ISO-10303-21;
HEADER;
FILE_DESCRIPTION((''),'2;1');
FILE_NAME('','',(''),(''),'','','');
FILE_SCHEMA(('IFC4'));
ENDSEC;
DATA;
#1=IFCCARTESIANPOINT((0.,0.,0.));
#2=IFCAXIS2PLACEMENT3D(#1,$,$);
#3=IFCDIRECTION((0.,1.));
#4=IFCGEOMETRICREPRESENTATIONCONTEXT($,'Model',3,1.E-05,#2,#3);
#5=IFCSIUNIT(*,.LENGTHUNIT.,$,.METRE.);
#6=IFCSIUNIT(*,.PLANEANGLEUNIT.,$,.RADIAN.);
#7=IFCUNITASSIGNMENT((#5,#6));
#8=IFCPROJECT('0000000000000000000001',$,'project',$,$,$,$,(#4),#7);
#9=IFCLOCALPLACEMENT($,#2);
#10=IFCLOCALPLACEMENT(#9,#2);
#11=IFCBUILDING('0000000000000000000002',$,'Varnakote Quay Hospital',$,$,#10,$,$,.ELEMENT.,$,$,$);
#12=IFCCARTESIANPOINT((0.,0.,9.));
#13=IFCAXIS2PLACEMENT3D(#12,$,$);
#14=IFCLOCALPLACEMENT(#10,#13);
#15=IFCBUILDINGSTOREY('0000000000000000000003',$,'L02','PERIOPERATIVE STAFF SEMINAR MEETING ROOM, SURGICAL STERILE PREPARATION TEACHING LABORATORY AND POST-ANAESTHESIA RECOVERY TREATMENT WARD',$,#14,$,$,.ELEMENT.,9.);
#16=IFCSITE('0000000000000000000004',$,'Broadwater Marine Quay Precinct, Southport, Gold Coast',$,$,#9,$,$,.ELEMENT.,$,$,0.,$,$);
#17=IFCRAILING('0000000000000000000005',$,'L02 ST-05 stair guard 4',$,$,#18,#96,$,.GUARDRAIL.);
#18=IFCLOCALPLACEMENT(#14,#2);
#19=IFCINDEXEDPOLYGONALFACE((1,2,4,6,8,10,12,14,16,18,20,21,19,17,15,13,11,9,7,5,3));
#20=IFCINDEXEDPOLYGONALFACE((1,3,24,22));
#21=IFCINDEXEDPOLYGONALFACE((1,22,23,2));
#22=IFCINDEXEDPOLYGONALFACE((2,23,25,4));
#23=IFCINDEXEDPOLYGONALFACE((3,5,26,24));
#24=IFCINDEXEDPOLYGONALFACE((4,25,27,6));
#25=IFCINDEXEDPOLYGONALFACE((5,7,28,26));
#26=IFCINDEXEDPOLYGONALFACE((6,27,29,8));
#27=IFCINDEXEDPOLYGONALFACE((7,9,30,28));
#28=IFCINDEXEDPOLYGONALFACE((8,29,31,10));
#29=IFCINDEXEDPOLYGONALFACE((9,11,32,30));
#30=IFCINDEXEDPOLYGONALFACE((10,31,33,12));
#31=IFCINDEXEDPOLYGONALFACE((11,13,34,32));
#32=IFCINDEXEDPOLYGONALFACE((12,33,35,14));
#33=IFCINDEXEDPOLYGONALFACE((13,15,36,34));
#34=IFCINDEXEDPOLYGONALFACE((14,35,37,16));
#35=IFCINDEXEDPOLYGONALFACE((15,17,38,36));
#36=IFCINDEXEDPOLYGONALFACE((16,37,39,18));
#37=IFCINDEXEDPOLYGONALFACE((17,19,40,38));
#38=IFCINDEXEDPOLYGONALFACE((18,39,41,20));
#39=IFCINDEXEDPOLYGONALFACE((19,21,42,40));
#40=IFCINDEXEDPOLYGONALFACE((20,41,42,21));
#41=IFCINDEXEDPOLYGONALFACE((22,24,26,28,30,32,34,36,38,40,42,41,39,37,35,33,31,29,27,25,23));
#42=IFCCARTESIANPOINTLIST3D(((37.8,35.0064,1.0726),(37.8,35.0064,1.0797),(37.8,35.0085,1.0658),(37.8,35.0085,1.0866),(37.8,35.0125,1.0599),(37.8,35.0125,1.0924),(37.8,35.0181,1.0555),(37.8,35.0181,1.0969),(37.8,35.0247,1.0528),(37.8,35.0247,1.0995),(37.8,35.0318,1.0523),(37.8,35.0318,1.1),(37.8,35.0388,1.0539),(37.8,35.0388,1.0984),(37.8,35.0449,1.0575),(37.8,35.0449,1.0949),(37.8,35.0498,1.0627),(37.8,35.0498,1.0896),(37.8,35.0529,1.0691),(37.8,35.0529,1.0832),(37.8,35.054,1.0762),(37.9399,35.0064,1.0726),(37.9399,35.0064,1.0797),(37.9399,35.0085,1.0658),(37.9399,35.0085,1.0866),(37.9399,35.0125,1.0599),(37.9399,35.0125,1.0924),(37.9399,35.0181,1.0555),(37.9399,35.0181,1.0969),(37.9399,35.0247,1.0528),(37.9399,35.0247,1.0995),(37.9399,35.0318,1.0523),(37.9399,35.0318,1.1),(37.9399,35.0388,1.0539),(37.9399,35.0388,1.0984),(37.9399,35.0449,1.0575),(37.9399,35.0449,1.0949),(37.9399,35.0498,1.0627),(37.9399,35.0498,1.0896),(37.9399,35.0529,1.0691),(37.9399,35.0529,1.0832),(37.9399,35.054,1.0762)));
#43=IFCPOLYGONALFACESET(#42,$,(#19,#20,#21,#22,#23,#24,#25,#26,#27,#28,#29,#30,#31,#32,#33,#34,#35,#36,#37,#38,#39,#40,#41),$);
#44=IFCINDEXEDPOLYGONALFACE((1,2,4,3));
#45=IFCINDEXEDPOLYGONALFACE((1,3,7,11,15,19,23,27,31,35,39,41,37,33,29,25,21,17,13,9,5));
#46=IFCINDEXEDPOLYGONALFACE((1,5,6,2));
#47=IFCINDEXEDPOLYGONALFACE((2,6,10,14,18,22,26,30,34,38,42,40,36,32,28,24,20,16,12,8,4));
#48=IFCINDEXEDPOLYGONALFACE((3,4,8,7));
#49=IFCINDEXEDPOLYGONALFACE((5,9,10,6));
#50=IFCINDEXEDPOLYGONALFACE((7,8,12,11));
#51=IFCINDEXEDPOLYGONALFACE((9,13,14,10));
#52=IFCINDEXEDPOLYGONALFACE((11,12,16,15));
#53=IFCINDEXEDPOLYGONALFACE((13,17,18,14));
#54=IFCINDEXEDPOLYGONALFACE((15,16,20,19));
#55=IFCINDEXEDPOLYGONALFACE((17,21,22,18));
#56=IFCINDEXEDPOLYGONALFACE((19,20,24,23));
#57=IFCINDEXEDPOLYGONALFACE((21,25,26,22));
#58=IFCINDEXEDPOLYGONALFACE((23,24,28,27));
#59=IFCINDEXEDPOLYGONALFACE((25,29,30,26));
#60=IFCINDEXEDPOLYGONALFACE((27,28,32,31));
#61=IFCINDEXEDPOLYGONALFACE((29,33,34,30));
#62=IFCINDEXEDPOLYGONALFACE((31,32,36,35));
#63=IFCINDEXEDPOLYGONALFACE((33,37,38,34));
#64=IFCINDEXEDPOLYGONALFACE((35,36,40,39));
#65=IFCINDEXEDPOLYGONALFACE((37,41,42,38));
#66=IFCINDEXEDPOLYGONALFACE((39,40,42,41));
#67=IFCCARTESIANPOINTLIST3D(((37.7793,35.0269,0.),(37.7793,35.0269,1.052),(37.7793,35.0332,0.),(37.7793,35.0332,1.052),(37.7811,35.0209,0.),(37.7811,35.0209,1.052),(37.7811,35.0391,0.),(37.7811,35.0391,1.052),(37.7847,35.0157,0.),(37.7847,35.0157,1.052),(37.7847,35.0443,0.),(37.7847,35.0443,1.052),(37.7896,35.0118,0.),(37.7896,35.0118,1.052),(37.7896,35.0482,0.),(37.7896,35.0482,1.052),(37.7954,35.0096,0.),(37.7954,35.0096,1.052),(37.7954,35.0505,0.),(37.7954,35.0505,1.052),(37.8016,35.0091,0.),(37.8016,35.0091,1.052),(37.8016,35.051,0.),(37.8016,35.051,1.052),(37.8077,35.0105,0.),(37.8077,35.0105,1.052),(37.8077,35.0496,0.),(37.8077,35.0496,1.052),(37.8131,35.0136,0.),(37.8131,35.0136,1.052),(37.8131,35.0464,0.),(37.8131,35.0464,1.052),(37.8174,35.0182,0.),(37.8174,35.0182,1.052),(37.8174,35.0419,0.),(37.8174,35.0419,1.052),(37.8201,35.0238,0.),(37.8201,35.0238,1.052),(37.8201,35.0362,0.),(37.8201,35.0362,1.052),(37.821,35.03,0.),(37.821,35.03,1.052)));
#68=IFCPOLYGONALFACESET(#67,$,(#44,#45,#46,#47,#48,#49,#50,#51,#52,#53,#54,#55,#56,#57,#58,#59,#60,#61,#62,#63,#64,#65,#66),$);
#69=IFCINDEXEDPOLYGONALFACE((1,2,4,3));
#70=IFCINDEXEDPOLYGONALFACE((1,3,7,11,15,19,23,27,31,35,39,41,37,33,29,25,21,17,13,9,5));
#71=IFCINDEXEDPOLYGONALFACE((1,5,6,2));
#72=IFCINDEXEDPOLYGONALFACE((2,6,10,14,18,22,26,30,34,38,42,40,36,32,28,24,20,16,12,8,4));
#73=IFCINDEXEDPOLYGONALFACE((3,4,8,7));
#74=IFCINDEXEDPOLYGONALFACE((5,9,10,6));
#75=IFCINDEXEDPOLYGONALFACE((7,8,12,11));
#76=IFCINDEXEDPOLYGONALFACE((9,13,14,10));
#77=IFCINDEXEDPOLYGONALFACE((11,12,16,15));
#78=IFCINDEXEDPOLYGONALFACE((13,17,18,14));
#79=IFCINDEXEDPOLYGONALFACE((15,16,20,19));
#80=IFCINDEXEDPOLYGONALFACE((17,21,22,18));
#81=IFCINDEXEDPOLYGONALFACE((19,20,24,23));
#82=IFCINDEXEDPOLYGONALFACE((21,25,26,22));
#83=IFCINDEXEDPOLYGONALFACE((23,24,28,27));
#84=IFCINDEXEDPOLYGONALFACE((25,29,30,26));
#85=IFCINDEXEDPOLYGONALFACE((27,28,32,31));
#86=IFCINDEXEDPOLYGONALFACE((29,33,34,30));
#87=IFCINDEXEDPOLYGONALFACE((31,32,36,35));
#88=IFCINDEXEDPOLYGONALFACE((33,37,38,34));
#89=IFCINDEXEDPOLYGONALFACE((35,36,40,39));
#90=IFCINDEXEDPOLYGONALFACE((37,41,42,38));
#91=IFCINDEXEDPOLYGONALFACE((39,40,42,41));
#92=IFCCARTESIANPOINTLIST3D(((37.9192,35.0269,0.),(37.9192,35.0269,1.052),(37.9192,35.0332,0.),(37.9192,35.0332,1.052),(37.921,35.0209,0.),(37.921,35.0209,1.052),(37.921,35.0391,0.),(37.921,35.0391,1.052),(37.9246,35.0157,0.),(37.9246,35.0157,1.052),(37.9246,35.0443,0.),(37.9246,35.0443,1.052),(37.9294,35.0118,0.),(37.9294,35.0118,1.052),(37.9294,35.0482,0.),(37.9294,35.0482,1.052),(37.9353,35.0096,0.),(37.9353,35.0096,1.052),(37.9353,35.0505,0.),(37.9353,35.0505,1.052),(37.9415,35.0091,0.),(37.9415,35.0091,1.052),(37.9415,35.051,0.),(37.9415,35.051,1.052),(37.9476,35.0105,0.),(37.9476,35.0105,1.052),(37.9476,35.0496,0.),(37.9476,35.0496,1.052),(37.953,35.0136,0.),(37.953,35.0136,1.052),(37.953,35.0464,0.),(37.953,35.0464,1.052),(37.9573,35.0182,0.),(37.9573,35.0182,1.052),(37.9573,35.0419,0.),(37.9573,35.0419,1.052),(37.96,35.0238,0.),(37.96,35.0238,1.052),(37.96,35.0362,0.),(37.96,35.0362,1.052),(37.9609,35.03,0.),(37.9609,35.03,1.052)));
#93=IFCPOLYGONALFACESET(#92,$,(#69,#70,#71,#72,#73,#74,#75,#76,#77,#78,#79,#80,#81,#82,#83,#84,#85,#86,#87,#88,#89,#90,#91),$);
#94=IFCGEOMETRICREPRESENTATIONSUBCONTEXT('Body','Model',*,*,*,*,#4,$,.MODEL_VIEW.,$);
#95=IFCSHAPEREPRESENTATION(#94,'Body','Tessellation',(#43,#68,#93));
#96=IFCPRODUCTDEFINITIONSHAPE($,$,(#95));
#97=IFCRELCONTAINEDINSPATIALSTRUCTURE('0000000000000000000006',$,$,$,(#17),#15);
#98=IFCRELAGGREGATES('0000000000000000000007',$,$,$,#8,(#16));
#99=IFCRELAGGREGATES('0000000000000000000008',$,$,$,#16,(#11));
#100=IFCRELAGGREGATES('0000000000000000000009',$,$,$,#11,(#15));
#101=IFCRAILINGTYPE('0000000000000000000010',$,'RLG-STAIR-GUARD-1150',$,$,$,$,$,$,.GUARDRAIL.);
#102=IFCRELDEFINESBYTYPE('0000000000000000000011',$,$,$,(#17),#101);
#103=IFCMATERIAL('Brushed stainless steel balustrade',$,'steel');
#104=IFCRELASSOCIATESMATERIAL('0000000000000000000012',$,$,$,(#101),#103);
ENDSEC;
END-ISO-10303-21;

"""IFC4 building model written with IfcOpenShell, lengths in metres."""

from ifc_helpers import new_model, si_unit, direction, frame, origin, origin_2d, place, context, subcontext, project, spatial, circle, extrude, material, type_object, element, save


model = new_model("IFC4")

# Units and contexts
model_context = context("Model", 3, precision=1e-05, world=origin(), true_north=direction((0.0, 1.0)))
body_context = subcontext(model_context, "Body", "Model", "MODEL_VIEW")
ifc_project = project(units=[si_unit("LENGTHUNIT", "METRE"), si_unit("PLANEANGLEUNIT", "RADIAN")], contexts=[model_context])

# Site, building, storey
site_placement = place(None, origin())
site = spatial("IfcSite", under=ifc_project, at=site_placement, Name="Broadwater Marine Quay Precinct, Southport, Gold Coast", CompositionType="ELEMENT", RefElevation=0.0)
building_placement = place(site_placement, origin())
building = spatial("IfcBuilding", under=site, at=building_placement, Name="Varnakote Quay Hospital", CompositionType="ELEMENT")
storey_placement = place(building_placement, frame((0.0, 0.0, 9.0)))
storey = spatial("IfcBuildingStorey", under=building, at=storey_placement, Name="L02", Description="PERIOPERATIVE STAFF SEMINAR MEETING ROOM, SURGICAL STERILE PREPARATION TEACHING LABORATORY AND POST-ANAESTHESIA RECOVERY TREATMENT WARD", CompositionType="ELEMENT", Elevation=9.0)

# Railing
ifc_material_1 = material(Name="Brushed stainless steel balustrade", Category="steel")
railing_type_1 = type_object("IfcRailingType", Name="RLG-STAIR-GUARD-1150", PredefinedType="GUARDRAIL", material=ifc_material_1)
railing_1_placement = place(storey_placement, frame((37.8, 35.03, 0.0)))
element("IfcRailing", 1, at=railing_1_placement, inside=storey, type_object=railing_type_1, Name="L02 ST-05 stair guard 4", PredefinedType="GUARDRAIL", context=body_context, shape_type="SweptSolid", body=[
    extrude(circle(Radius=0.0239, at=origin_2d()), frame((0.0, 0.0, 1.0762), z_axis=(1.0, 0.0, 0.0), x_axis=(0.0, 1.0, 0.0)), (0.0, 0.0, 1.0), 0.1399),
    extrude(circle(Radius=0.021, at=origin_2d()), origin(), (0.0, 0.0, 1.0), 1.052),
    extrude(circle(Radius=0.021, at=origin_2d()), frame((0.1399, 0.0, 0.0)), (0.0, 0.0, 1.0), 1.052),
])

save(model, "model.ifc")
